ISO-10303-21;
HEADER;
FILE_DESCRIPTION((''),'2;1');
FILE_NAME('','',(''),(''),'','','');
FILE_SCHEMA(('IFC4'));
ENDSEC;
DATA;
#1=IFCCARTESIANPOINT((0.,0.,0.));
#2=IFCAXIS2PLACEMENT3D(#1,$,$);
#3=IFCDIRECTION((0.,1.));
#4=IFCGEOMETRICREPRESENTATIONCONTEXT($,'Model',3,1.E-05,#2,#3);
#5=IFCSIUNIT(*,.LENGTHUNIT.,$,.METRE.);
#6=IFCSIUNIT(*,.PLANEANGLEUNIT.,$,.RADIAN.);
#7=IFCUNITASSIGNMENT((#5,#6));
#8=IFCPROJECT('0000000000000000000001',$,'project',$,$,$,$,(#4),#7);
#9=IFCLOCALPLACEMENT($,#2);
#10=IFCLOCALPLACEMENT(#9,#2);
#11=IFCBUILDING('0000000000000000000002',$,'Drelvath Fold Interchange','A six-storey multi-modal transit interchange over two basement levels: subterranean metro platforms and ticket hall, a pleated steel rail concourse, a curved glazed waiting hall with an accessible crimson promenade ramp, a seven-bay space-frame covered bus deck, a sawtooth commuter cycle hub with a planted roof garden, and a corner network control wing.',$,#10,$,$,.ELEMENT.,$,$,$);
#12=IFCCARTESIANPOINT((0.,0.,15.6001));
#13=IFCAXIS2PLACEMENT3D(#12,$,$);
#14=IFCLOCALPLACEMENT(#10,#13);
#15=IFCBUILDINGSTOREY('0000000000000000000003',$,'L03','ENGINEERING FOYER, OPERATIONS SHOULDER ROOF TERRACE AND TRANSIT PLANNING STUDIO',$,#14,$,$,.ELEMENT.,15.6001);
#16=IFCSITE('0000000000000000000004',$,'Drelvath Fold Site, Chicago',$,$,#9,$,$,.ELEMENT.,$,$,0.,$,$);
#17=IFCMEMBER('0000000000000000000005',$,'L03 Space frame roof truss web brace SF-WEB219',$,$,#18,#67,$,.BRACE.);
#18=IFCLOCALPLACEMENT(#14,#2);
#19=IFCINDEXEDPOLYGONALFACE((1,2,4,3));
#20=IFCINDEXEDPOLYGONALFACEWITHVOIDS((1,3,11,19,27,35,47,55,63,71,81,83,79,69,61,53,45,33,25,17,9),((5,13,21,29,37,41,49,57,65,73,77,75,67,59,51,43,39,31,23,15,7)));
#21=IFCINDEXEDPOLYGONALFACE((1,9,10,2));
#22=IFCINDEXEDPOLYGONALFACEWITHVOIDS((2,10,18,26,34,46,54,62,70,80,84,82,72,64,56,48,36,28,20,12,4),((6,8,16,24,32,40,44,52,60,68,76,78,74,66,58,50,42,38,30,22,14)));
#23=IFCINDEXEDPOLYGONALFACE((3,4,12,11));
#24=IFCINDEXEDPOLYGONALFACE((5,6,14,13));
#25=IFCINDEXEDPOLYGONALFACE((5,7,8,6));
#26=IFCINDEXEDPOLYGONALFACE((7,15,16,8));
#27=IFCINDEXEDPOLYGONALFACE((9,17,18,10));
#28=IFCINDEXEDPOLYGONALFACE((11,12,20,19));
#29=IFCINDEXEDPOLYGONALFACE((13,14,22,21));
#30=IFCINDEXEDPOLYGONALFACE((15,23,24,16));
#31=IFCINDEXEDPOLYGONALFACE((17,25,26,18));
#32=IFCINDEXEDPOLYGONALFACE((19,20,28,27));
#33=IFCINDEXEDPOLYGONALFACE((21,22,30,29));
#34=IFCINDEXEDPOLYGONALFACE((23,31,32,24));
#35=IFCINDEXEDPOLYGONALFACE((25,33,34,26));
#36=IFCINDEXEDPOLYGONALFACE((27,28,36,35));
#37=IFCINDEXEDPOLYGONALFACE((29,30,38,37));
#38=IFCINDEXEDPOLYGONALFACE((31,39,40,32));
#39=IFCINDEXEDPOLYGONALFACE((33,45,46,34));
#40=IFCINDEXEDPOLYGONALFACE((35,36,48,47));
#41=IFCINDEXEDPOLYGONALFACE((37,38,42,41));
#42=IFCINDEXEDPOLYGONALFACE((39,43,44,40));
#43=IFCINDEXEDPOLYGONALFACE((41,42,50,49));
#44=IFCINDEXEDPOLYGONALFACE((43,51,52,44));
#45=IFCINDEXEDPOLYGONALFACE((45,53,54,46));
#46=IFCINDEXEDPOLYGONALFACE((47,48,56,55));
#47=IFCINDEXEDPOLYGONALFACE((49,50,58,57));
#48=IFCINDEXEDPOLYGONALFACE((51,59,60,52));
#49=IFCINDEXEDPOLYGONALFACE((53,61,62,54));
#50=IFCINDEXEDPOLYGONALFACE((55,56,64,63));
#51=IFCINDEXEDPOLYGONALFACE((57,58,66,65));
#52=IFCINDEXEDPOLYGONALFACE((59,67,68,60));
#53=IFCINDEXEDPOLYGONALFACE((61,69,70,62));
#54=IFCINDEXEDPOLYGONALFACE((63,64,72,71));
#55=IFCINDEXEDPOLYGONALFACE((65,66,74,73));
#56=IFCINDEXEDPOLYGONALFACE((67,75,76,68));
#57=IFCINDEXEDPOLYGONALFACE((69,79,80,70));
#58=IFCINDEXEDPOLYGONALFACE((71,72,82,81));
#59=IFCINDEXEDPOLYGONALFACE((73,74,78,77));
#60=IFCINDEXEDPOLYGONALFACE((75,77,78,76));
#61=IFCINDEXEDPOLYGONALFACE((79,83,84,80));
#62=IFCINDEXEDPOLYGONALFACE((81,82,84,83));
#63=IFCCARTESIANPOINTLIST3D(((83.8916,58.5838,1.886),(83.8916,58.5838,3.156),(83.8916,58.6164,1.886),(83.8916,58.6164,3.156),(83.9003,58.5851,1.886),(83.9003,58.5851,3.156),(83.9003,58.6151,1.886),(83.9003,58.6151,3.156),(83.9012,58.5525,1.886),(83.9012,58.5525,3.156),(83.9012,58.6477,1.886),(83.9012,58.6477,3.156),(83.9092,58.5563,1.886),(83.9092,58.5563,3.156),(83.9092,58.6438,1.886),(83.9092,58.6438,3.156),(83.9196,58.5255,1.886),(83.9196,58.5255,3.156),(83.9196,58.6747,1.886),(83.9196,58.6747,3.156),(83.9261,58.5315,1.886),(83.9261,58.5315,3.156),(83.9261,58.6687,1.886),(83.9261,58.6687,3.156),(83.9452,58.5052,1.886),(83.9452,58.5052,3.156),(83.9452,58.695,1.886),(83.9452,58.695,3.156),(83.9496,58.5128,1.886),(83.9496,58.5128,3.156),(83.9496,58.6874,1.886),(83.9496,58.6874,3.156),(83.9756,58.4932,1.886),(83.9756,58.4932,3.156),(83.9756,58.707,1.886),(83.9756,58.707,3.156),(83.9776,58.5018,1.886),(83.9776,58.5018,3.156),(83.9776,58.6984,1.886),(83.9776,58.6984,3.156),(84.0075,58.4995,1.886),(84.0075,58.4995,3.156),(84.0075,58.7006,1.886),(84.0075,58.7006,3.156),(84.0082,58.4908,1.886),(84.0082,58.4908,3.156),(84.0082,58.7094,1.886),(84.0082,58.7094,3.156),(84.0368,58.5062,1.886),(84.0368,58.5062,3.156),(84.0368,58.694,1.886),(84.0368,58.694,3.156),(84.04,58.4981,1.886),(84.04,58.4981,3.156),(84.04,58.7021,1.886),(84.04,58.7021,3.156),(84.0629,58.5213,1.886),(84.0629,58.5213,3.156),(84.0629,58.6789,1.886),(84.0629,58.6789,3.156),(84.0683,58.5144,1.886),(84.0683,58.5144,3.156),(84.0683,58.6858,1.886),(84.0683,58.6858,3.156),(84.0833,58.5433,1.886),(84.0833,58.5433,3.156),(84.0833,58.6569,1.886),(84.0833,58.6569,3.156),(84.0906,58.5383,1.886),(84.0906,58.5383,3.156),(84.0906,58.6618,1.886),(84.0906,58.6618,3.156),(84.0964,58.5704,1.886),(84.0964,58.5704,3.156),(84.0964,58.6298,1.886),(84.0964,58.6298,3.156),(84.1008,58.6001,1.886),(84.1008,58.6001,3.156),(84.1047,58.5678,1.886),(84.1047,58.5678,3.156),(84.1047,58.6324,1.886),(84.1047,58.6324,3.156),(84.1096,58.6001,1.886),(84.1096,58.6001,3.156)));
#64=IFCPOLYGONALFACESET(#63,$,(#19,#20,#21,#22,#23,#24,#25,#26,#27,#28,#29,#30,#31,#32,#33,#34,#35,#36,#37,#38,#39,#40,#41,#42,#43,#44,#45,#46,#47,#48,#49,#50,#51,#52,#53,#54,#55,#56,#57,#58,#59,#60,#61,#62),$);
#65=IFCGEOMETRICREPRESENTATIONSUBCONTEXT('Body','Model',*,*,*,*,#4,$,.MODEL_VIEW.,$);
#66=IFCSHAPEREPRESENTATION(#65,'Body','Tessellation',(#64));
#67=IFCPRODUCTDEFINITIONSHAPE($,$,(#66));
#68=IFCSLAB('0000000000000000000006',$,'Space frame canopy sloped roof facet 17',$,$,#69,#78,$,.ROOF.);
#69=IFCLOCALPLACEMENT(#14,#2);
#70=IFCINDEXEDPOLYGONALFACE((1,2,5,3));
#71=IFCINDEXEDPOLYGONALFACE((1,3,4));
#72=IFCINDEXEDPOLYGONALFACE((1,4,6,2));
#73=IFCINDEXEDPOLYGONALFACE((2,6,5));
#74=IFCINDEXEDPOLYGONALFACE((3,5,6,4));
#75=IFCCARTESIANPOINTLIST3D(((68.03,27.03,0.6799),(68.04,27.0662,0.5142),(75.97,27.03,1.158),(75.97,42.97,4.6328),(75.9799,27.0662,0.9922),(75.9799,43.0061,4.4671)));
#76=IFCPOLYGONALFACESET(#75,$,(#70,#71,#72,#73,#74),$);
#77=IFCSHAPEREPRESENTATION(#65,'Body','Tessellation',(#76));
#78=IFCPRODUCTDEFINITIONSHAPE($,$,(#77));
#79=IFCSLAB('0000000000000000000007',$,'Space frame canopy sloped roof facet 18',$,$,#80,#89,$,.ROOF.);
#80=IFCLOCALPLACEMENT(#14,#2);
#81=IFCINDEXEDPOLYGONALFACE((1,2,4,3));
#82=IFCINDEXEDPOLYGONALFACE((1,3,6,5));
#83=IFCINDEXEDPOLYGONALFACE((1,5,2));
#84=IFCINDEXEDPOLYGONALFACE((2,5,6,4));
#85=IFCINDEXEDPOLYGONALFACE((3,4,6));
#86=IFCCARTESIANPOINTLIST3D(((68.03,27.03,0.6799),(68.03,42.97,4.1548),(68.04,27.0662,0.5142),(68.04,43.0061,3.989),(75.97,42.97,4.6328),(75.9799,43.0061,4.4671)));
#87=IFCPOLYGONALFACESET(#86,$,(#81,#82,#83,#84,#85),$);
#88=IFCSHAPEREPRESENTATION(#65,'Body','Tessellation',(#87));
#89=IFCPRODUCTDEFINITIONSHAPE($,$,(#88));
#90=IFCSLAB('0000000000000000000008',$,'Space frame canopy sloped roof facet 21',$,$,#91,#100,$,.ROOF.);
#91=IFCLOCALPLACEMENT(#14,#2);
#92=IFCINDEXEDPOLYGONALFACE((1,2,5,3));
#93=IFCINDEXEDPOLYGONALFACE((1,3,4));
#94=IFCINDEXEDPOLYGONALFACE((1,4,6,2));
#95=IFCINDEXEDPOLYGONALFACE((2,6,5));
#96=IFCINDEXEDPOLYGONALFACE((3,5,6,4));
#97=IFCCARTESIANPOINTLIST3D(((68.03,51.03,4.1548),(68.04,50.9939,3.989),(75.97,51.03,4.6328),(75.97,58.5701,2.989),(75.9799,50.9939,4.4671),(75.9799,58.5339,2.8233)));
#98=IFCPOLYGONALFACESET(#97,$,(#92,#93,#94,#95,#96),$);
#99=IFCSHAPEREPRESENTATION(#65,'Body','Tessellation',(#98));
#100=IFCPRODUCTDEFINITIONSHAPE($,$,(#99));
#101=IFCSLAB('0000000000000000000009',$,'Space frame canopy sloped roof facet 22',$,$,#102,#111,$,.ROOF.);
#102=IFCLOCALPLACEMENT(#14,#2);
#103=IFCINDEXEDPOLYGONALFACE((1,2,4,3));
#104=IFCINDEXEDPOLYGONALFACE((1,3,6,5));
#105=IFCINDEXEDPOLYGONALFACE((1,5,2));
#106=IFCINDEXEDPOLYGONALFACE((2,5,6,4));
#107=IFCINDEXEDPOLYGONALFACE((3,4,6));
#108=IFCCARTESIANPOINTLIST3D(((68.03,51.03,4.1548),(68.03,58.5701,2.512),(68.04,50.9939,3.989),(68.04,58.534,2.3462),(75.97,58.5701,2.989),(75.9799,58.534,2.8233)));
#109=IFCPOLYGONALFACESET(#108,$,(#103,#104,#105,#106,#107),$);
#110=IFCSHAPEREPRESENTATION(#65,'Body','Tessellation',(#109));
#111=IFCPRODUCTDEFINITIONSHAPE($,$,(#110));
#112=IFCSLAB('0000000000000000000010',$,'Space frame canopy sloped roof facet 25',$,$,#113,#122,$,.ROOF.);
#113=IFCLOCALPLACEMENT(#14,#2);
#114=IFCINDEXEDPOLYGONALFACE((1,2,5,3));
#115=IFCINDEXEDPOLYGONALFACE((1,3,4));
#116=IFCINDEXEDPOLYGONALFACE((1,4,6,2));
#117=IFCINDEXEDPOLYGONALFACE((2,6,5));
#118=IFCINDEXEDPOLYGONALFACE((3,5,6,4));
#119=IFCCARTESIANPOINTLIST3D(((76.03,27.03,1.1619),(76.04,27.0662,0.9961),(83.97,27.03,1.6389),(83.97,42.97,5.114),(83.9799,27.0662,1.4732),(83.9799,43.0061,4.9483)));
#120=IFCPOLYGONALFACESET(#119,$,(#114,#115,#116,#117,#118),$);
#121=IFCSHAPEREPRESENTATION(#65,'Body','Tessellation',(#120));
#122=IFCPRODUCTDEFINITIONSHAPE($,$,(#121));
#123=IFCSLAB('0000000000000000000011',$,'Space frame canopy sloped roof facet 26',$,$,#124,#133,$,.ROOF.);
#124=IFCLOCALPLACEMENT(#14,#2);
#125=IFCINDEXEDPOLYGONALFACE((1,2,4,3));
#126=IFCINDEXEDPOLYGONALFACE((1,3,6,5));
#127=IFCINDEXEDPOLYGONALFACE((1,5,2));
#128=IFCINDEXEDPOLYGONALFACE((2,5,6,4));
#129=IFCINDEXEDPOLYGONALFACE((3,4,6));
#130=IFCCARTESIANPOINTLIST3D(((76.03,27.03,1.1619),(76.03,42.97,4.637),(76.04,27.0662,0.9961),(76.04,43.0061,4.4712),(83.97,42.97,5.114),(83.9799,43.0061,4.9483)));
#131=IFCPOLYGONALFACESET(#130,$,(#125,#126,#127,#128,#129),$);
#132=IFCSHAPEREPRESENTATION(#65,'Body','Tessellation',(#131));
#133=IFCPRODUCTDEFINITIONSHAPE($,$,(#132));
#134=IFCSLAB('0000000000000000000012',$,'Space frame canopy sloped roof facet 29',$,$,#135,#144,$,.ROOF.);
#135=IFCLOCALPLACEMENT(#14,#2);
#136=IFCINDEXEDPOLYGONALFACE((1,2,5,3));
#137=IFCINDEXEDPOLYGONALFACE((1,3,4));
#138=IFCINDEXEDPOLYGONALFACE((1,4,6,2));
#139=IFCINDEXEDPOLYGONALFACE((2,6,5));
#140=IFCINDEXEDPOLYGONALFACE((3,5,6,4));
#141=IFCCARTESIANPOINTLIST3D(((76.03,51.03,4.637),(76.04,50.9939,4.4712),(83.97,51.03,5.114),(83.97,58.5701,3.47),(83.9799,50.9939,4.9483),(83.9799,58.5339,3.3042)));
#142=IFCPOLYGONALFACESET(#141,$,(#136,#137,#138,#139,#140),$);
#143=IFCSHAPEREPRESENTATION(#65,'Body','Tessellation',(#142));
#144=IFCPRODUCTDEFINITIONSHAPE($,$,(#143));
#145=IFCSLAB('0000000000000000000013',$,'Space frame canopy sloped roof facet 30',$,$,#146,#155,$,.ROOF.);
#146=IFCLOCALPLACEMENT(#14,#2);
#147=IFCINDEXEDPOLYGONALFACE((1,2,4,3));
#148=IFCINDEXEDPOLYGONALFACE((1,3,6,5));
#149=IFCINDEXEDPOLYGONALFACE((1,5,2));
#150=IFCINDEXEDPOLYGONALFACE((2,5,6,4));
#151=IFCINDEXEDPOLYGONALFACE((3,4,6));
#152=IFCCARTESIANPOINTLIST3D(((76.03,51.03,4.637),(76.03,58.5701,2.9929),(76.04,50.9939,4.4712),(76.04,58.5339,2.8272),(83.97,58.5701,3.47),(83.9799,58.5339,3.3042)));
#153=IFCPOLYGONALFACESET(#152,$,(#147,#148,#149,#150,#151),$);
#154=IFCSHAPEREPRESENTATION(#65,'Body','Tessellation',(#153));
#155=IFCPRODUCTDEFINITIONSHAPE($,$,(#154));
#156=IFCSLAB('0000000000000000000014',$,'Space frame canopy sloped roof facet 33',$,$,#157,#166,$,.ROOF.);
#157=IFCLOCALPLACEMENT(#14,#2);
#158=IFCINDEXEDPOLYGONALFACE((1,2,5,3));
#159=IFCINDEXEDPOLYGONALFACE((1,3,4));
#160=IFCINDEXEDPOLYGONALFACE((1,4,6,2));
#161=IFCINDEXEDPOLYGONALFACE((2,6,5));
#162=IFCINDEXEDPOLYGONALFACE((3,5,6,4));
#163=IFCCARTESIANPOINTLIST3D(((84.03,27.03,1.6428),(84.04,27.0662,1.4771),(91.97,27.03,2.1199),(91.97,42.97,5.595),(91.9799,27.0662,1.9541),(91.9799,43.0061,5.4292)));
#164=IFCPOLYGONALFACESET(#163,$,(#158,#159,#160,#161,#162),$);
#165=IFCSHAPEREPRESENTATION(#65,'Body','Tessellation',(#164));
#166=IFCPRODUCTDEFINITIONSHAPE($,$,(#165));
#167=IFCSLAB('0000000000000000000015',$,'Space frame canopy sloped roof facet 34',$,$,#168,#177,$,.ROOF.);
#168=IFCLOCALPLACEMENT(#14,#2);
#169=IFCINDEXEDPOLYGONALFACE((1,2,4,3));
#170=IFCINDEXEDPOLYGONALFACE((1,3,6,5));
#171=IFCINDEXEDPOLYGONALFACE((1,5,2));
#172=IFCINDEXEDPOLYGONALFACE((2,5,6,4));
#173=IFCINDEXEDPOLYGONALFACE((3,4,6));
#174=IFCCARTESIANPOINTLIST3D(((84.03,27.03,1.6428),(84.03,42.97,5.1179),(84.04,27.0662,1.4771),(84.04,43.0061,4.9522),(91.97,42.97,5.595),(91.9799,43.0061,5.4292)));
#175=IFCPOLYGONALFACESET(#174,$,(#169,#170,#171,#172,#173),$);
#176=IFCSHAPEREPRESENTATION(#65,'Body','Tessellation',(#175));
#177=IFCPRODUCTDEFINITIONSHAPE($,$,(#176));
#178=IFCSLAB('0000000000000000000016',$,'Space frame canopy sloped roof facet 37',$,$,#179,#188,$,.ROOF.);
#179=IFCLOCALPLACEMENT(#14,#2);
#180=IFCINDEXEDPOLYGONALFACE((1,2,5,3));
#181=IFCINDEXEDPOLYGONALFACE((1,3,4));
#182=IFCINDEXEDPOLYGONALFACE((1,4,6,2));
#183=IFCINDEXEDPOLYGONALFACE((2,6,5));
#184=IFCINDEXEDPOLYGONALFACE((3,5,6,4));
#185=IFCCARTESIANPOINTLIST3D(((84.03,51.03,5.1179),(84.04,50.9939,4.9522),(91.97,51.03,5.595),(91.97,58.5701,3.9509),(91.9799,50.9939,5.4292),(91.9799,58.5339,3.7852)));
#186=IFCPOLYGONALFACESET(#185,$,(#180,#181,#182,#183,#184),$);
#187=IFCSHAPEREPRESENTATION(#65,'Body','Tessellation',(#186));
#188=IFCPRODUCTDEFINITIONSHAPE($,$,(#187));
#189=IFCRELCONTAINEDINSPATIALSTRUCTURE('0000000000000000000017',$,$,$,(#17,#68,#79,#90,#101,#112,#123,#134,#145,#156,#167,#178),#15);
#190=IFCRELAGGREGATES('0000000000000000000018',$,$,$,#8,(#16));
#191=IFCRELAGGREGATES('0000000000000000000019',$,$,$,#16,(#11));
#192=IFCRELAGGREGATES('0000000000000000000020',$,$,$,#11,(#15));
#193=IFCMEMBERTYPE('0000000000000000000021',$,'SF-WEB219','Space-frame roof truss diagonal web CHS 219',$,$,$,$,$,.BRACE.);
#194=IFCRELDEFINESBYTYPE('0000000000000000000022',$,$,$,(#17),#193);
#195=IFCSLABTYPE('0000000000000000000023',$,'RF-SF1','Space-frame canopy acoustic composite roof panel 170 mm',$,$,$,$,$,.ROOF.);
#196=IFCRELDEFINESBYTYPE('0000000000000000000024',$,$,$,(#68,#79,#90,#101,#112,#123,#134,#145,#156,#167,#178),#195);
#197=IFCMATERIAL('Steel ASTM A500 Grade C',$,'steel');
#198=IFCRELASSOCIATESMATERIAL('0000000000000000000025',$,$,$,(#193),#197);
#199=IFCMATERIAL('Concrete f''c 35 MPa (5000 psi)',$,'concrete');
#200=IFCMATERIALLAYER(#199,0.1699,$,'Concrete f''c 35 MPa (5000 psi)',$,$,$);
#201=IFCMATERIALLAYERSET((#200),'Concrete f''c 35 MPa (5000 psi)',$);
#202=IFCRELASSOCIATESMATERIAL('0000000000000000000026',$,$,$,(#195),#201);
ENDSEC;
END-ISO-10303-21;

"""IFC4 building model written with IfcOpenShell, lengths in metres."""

from ifc_helpers import new_model, si_unit, direction, frame, origin, origin_2d, place, context, subcontext, project, spatial, polyline, hollow_circle, outline, extrude, material, layer, layer_set, material_profile, profile_set, type_object, element, save


model = new_model("IFC4")

# Units and contexts
model_context = context("Model", 3, precision=1e-05, world=origin(), true_north=direction((0.0, 1.0)))
body_context = subcontext(model_context, "Body", "Model", "MODEL_VIEW")
ifc_project = project(units=[si_unit("LENGTHUNIT", "METRE"), si_unit("PLANEANGLEUNIT", "RADIAN")], contexts=[model_context])

# Site, building, storey
site_placement = place(None, origin())
site = spatial("IfcSite", under=ifc_project, at=site_placement, Name="Drelvath Fold Site, Chicago", CompositionType="ELEMENT", RefElevation=0.0)
building_placement = place(site_placement, origin())
building = spatial("IfcBuilding", under=site, at=building_placement, Name="Drelvath Fold Interchange", Description="A six-storey multi-modal transit interchange over two basement levels: subterranean metro platforms and ticket hall, a pleated steel rail concourse, a curved glazed waiting hall with an accessible crimson promenade ramp, a seven-bay space-frame covered bus deck, a sawtooth commuter cycle hub with a planted roof garden, and a corner network control wing.", CompositionType="ELEMENT")
storey_placement = place(building_placement, frame((0.0, 0.0, 15.6001)))
storey = spatial("IfcBuildingStorey", under=building, at=storey_placement, Name="L03", Description="ENGINEERING FOYER, OPERATIONS SHOULDER ROOF TERRACE AND TRANSIT PLANNING STUDIO", CompositionType="ELEMENT", Elevation=15.6001)

# Shared definitions
ifc_material_1 = material(Name="Steel ASTM A500 Grade C", Category="steel")

# Member
ifc_material_profile_1 = material_profile(ifc_material_1, hollow_circle(Radius=0.1096, WallThickness=0.0088, at=origin_2d()), Name="HSS8.625X0.375")
ifc_profile_set_1 = profile_set([ifc_material_profile_1], Name="Steel ASTM A500 Grade C")
member_type_1 = type_object("IfcMemberType", Name="SF-WEB219", Description="Space-frame roof truss diagonal web CHS 219", PredefinedType="BRACE", material=ifc_profile_set_1)
member_1_placement = place(storey_placement, frame((84.0, 58.6001, 1.886), z_axis=(0.0, 0.0, 1.0), x_axis=(1.0, 0.0, 0.0)))
element("IfcMember", 1, at=member_1_placement, inside=storey, type_object=member_type_1, Name="L03 Space frame roof truss web brace SF-WEB219", PredefinedType="BRACE", context=body_context, shape_type="SweptSolid", body=[
    extrude(hollow_circle(Radius=0.1096, WallThickness=0.0088, at=origin_2d()), origin(), (0.0, 0.0, 1.0), 1.27),
])

# Slabs
ifc_material_2 = material(Name="Concrete f'c 35 MPa (5000 psi)", Category="concrete")
ifc_layer_1 = layer(ifc_material_2, 0.1699, Name="Concrete f'c 35 MPa (5000 psi)")
ifc_layer_set_1 = layer_set([ifc_layer_1], Name="Concrete f'c 35 MPa (5000 psi)")
slab_type = type_object("IfcSlabType", Name="RF-SF1", Description="Space-frame canopy acoustic composite roof panel 170 mm", PredefinedType="ROOF", material=ifc_layer_set_1)
slab_1_placement = place(storey_placement, frame((68.03, 27.03, 0.6799), z_axis=(-0.058722, -0.212627, 0.975367), x_axis=(0.998193, 0.0, 0.060097)))
element("IfcSlab", 2, at=slab_1_placement, inside=storey, type_object=slab_type, Name="Space frame canopy sloped roof facet 17", PredefinedType="ROOF", context=body_context, shape_type="SweptSolid", body=[
    extrude(outline(polyline([(0.0, 0.0), (7.9543, 0.0), (8.1631, 16.313), (0.0, 0.0)])), origin(), (0.0, 0.0, -1.0), 0.1699),
])
slab_2_placement = place(storey_placement, frame((68.03, 27.03, 0.6799), z_axis=(-0.058722, -0.212627, 0.975367), x_axis=(0.43527, 0.873832, 0.216698)))
element("IfcSlab", 3, at=slab_2_placement, inside=storey, type_object=slab_type, Name="Space frame canopy sloped roof facet 18", PredefinedType="ROOF", context=body_context, shape_type="SweptSolid", body=[
    extrude(outline(polyline([(0.0, 0.0), (18.2414, 0.0), (14.6818, 7.1134), (0.0, 0.0)])), origin(), (0.0, 0.0, -1.0), 0.1699),
])
slab_3_placement = place(storey_placement, frame((68.03, 51.03, 4.1548), z_axis=(-0.058722, 0.212639, 0.975365), x_axis=(0.998193, 0.0, 0.060097)))
element("IfcSlab", 4, at=slab_3_placement, inside=storey, type_object=slab_type, Name="Space frame canopy sloped roof facet 21", PredefinedType="ROOF", context=body_context, shape_type="SweptSolid", body=[
    extrude(outline(polyline([(0.0, 0.0), (7.9543, 0.0), (7.8555, 7.7165), (0.0, 0.0)])), origin(), (0.0, 0.0, -1.0), 0.1699),
])
slab_4_placement = place(storey_placement, frame((68.03, 51.03, 4.1548), z_axis=(-0.058604, 0.21252, 0.975398), x_axis=(0.721057, 0.68474, -0.105868)))
element("IfcSlab", 5, at=slab_4_placement, inside=storey, type_object=slab_type, Name="Space frame canopy sloped roof facet 22", PredefinedType="ROOF", context=body_context, shape_type="SweptSolid", body=[
    extrude(outline(polyline([(0.0, 0.0), (11.0115, 0.0), (5.3369, 5.5739), (0.0, 0.0)])), origin(), (0.0, 0.0, -1.0), 0.1699),
])
slab_5_placement = place(storey_placement, frame((76.03, 27.03, 1.1619), z_axis=(-0.058603, -0.212643, 0.975371), x_axis=(0.9982, 0.0, 0.059974)))
element("IfcSlab", 6, at=slab_5_placement, inside=storey, type_object=slab_type, Name="Space frame canopy sloped roof facet 25", PredefinedType="ROOF", context=body_context, shape_type="SweptSolid", body=[
    extrude(outline(polyline([(0.0, 0.0), (7.9543, 0.0), (8.1627, 16.313), (0.0, 0.0)])), origin(), (0.0, 0.0, -1.0), 0.1699),
])
slab_6_placement = place(storey_placement, frame((76.03, 27.03, 1.1619), z_axis=(-0.058603, -0.212643, 0.975371), x_axis=(0.435274, 0.87384, 0.21666)))
element("IfcSlab", 7, at=slab_6_placement, inside=storey, type_object=slab_type, Name="Space frame canopy sloped roof facet 26", PredefinedType="ROOF", context=body_context, shape_type="SweptSolid", body=[
    extrude(outline(polyline([(0.0, 0.0), (18.2413, 0.0), (14.6819, 7.1134), (0.0, 0.0)])), origin(), (0.0, 0.0, -1.0), 0.1699),
])
slab_7_placement = place(storey_placement, frame((76.03, 51.03, 4.637), z_axis=(-0.058602, 0.21267, 0.975365), x_axis=(0.9982, 0.0, 0.059974)))
element("IfcSlab", 8, at=slab_7_placement, inside=storey, type_object=slab_type, Name="Space frame canopy sloped roof facet 29", PredefinedType="ROOF", context=body_context, shape_type="SweptSolid", body=[
    extrude(outline(polyline([(0.0, 0.0), (7.9543, 0.0), (7.8557, 7.7166), (0.0, 0.0)])), origin(), (0.0, 0.0, -1.0), 0.1699),
])
slab_8_placement = place(storey_placement, frame((76.03, 51.03, 4.637), z_axis=(-0.058602, 0.21267, 0.975365), x_axis=(0.721048, 0.684732, -0.105978)))
element("IfcSlab", 9, at=slab_8_placement, inside=storey, type_object=slab_type, Name="Space frame canopy sloped roof facet 30", PredefinedType="ROOF", context=body_context, shape_type="SweptSolid", body=[
    extrude(outline(polyline([(0.0, 0.0), (11.0117, 0.0), (5.3371, 5.574), (0.0, 0.0)])), origin(), (0.0, 0.0, -1.0), 0.1699),
])
slab_9_placement = place(storey_placement, frame((84.03, 27.03, 1.6428), z_axis=(-0.058603, -0.212643, 0.975371), x_axis=(0.9982, 0.0, 0.059974)))
element("IfcSlab", 10, at=slab_9_placement, inside=storey, type_object=slab_type, Name="Space frame canopy sloped roof facet 33", PredefinedType="ROOF", context=body_context, shape_type="SweptSolid", body=[
    extrude(outline(polyline([(0.0, 0.0), (7.9543, 0.0), (8.1627, 16.313), (0.0, 0.0)])), origin(), (0.0, 0.0, -1.0), 0.1699),
])
slab_10_placement = place(storey_placement, frame((84.03, 27.03, 1.6428), z_axis=(-0.058603, -0.212643, 0.975371), x_axis=(0.435274, 0.87384, 0.21666)))
element("IfcSlab", 11, at=slab_10_placement, inside=storey, type_object=slab_type, Name="Space frame canopy sloped roof facet 34", PredefinedType="ROOF", context=body_context, shape_type="SweptSolid", body=[
    extrude(outline(polyline([(0.0, 0.0), (18.2413, 0.0), (14.6819, 7.1134), (0.0, 0.0)])), origin(), (0.0, 0.0, -1.0), 0.1699),
])
slab_11_placement = place(storey_placement, frame((84.03, 51.03, 5.1179), z_axis=(-0.058602, 0.21267, 0.975365), x_axis=(0.9982, 0.0, 0.059974)))
element("IfcSlab", 12, at=slab_11_placement, inside=storey, type_object=slab_type, Name="Space frame canopy sloped roof facet 37", PredefinedType="ROOF", context=body_context, shape_type="SweptSolid", body=[
    extrude(outline(polyline([(0.0, 0.0), (7.9543, 0.0), (7.8557, 7.7166), (0.0, 0.0)])), origin(), (0.0, 0.0, -1.0), 0.1699),
])

save(model, "model.ifc")
